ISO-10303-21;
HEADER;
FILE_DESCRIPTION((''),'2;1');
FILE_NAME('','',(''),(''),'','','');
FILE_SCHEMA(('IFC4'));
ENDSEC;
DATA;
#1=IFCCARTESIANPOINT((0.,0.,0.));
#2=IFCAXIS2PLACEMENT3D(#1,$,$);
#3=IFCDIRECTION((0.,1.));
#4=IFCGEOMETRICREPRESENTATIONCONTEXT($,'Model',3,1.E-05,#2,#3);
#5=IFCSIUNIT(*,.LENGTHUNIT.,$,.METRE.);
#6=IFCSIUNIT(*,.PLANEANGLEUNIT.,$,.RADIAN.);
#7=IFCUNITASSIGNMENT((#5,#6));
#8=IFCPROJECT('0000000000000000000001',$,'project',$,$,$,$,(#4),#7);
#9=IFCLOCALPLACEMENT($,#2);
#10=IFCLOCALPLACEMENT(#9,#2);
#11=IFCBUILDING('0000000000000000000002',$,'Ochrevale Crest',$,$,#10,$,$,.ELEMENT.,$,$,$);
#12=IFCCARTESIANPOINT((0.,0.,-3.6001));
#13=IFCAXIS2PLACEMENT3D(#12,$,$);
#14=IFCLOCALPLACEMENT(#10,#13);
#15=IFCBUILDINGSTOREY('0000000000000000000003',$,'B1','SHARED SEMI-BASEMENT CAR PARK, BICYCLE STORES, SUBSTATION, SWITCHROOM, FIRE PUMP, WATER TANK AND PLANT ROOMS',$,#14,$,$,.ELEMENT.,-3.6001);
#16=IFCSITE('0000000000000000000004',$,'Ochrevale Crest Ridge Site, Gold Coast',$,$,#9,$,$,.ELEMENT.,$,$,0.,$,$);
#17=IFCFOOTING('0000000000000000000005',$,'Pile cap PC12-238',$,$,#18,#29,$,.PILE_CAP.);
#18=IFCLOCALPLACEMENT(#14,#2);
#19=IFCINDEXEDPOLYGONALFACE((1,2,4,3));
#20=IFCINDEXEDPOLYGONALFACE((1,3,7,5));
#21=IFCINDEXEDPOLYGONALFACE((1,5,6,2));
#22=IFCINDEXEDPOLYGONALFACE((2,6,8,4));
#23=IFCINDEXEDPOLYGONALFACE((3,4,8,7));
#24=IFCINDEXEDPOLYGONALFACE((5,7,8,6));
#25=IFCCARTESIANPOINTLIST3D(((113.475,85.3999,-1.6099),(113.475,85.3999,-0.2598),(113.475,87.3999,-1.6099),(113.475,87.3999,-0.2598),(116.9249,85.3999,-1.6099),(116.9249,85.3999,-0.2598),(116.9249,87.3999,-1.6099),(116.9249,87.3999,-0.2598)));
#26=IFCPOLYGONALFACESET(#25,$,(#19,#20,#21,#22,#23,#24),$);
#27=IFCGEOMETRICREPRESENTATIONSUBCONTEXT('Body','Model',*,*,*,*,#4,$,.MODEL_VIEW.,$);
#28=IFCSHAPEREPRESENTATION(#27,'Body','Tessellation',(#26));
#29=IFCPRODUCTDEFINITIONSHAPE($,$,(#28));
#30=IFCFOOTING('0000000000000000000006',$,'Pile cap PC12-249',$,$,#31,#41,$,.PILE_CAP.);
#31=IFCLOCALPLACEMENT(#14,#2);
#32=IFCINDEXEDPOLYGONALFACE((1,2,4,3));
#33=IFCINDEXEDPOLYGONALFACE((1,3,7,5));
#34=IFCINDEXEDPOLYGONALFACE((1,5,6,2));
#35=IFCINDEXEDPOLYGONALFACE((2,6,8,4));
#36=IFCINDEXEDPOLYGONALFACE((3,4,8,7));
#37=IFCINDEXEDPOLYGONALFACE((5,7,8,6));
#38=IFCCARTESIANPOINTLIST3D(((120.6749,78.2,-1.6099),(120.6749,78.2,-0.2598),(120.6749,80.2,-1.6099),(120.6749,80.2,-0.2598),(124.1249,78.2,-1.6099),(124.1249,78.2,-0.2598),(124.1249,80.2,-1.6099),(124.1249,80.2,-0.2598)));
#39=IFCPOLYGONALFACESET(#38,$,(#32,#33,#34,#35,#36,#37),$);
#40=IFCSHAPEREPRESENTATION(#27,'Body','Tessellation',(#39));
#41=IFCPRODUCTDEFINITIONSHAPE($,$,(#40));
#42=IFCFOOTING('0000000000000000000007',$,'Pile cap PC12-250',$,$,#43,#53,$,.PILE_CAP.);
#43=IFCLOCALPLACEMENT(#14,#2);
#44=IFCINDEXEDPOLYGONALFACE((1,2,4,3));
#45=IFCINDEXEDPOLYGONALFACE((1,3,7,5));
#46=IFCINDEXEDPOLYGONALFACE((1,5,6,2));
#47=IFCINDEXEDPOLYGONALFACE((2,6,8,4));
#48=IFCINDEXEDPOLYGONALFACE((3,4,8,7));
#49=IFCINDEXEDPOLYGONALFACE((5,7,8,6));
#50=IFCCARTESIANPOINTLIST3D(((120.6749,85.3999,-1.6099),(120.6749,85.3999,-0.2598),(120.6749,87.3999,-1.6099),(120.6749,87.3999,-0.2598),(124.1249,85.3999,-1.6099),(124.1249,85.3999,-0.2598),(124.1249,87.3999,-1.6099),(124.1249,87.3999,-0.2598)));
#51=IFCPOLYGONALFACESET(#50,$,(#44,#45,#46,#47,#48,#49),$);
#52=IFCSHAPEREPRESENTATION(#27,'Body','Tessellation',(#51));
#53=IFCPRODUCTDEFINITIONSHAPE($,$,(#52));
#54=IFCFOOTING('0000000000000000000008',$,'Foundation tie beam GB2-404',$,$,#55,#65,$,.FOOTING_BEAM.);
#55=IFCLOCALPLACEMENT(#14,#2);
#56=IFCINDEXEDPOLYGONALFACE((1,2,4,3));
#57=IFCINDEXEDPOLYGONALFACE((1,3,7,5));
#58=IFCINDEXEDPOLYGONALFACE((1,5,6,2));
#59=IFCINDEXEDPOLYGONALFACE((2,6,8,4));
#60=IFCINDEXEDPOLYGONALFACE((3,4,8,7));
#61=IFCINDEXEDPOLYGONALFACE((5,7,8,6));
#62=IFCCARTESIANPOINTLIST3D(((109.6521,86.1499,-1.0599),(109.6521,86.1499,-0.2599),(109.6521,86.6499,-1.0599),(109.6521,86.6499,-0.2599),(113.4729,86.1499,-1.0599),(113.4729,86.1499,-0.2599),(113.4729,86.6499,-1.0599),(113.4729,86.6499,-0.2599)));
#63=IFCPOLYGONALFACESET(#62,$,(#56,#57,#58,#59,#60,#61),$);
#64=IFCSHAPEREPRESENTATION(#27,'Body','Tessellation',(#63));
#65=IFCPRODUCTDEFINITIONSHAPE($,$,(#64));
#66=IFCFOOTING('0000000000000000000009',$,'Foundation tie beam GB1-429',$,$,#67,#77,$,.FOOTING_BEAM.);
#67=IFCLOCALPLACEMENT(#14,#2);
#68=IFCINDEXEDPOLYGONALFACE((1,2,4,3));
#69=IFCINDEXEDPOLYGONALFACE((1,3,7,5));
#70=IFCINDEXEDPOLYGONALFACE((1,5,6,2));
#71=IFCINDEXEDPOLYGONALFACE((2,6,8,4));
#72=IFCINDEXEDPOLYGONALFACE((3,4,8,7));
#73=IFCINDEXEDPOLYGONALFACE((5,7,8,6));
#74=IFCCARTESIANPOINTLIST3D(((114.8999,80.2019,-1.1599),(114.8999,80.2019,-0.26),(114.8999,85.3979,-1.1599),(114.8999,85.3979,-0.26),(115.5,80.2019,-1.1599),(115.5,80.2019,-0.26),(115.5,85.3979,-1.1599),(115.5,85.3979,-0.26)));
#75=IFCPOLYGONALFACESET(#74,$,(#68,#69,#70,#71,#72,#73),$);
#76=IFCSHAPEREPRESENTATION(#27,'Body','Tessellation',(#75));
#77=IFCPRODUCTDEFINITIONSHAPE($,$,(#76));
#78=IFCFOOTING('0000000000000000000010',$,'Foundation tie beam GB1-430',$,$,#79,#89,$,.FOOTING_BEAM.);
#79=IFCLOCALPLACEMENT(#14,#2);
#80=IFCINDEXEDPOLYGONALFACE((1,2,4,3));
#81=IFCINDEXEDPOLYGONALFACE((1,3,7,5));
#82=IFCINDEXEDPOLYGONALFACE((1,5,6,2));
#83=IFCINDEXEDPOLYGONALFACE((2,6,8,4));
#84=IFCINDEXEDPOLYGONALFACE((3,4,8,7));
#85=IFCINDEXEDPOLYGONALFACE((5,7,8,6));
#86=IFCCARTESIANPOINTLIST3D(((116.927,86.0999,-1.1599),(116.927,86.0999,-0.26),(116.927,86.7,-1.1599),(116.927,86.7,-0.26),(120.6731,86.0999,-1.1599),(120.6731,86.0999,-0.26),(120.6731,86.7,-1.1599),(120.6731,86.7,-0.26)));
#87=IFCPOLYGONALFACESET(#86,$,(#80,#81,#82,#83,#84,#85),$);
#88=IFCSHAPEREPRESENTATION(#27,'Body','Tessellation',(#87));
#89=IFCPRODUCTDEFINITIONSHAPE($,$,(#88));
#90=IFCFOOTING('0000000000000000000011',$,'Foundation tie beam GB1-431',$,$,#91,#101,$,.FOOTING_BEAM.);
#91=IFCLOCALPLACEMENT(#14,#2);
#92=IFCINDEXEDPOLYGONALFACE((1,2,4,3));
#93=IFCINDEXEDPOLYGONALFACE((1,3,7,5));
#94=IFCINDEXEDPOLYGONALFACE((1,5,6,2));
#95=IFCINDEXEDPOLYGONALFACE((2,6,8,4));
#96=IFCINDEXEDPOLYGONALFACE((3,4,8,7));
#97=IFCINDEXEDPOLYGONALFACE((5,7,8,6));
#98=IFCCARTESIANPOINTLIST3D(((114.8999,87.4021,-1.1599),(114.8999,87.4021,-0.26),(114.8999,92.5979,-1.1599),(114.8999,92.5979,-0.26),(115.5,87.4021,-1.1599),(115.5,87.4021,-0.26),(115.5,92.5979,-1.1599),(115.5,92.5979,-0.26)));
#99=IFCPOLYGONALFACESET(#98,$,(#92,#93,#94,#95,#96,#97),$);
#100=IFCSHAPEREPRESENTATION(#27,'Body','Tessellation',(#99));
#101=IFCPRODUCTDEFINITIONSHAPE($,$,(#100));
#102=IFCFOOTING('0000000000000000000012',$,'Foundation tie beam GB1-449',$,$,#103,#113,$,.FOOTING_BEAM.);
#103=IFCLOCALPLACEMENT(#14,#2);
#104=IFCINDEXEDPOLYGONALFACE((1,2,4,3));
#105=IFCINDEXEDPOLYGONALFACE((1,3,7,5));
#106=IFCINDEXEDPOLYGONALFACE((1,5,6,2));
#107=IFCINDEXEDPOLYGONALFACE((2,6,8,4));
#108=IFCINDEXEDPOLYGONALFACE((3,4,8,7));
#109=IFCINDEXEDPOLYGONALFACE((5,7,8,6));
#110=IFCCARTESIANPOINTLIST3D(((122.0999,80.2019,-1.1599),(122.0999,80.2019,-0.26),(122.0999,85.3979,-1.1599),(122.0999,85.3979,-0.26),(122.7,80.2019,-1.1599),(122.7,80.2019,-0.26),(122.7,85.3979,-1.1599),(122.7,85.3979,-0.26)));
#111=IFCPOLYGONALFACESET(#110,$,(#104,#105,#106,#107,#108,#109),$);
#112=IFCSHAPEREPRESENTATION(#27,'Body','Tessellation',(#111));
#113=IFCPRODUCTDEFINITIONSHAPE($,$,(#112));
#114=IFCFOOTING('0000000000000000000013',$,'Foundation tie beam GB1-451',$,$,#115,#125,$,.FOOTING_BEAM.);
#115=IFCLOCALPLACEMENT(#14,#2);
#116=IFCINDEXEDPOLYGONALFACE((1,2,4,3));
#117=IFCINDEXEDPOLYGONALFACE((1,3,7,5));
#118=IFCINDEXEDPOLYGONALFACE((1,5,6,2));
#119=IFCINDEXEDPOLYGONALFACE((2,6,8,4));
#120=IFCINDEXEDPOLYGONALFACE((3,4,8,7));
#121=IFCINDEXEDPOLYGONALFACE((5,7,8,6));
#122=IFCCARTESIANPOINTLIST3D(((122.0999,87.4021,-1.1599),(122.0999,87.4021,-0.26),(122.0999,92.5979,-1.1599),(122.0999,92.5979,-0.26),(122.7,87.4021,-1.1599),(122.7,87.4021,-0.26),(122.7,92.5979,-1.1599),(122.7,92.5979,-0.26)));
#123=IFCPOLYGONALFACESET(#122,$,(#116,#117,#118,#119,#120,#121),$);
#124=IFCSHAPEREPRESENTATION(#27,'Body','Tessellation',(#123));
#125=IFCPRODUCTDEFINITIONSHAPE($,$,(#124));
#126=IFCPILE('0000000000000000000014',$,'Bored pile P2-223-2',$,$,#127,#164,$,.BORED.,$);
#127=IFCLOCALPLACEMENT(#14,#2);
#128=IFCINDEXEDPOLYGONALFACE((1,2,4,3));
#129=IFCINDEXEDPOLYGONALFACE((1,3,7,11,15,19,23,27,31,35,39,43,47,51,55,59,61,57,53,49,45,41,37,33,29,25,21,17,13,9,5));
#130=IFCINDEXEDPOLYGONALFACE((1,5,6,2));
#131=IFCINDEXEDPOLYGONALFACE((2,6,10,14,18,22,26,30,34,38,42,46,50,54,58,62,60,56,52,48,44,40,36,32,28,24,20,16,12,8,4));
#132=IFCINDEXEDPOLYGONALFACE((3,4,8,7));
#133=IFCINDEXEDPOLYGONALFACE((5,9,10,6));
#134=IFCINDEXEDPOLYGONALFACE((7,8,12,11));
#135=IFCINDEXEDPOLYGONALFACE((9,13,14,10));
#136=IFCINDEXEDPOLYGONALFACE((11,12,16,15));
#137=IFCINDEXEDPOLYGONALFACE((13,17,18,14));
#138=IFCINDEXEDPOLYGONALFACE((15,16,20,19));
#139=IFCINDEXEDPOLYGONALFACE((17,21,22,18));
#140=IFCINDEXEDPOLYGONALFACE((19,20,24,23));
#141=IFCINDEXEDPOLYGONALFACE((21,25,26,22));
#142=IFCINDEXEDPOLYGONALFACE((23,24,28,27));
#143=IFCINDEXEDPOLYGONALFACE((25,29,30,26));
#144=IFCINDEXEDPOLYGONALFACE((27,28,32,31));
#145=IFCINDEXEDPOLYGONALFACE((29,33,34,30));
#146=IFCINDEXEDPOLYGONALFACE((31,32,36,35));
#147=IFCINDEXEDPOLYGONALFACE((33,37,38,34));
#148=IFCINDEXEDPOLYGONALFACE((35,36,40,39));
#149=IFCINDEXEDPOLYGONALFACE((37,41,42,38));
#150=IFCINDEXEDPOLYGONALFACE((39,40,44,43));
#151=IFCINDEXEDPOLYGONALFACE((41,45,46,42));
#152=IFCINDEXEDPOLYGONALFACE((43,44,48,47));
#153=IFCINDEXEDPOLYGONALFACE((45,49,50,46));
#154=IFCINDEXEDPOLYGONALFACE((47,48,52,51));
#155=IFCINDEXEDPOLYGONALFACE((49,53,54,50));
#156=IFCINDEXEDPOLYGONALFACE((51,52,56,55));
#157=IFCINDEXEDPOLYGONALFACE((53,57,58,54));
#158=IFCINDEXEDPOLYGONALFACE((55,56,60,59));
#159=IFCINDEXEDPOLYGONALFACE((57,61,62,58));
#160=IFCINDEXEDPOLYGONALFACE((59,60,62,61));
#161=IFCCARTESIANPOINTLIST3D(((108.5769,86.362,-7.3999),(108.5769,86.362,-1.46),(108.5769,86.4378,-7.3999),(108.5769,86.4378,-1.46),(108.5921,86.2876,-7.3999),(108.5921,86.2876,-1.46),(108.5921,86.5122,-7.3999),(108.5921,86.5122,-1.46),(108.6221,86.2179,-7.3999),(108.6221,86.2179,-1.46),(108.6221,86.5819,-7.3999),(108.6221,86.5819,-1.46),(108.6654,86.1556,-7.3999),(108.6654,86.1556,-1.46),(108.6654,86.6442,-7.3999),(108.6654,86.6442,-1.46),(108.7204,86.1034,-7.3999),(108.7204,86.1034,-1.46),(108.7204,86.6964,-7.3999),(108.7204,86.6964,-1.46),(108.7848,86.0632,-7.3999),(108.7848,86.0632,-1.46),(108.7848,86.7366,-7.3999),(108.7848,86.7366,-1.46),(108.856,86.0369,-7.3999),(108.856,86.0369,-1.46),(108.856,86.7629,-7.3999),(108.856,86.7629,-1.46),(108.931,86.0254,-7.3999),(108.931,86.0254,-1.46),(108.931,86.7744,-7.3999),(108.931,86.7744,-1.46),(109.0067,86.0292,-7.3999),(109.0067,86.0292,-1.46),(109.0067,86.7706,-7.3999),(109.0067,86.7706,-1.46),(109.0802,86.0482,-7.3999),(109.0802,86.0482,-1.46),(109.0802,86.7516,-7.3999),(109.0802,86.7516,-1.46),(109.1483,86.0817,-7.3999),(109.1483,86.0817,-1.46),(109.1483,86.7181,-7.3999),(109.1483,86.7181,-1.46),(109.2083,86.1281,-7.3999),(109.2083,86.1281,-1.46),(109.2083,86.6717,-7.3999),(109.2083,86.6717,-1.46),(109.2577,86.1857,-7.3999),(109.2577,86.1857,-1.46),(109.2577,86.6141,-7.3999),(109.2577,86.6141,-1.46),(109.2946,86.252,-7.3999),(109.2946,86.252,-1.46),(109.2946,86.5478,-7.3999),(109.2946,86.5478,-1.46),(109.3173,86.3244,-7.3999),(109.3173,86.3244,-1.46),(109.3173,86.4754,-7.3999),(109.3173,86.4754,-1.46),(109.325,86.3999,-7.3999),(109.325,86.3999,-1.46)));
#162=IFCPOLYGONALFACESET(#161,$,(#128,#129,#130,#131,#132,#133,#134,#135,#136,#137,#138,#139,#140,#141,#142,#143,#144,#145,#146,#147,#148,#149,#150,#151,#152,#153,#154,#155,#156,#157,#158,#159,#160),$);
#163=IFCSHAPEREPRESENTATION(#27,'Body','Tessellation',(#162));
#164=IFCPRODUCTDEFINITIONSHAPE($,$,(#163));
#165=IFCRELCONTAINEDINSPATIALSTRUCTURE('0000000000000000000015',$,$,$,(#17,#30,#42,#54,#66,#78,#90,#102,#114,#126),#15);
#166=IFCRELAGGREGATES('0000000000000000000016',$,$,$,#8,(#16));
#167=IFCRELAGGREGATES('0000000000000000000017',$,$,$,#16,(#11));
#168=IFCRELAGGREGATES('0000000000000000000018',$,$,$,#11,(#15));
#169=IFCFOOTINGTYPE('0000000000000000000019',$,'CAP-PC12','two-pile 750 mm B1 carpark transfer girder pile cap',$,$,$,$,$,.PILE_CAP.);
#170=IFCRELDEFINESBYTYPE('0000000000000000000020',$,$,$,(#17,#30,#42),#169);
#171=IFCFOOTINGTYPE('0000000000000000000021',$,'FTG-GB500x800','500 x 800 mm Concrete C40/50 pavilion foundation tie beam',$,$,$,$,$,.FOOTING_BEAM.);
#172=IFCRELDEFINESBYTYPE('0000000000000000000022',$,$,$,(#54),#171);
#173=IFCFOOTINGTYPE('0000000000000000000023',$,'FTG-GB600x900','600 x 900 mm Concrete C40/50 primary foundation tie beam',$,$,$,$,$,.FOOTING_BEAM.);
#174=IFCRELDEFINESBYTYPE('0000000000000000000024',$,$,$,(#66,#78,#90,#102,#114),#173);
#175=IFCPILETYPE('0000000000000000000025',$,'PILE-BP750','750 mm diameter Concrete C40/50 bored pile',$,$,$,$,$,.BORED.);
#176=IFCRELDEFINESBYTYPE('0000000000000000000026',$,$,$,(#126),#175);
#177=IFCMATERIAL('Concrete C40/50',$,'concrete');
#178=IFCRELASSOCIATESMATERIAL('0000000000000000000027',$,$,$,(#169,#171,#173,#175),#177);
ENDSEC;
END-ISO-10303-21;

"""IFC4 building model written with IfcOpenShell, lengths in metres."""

from ifc_helpers import new_model, si_unit, direction, frame, origin, origin_2d, place, context, subcontext, project, spatial, rectangle, circle, extrude, material, material_profile, profile_set, type_object, element, save


model = new_model("IFC4")

# Units and contexts
model_context = context("Model", 3, precision=1e-05, world=origin(), true_north=direction((0.0, 1.0)))
body_context = subcontext(model_context, "Body", "Model", "MODEL_VIEW")
ifc_project = project(units=[si_unit("LENGTHUNIT", "METRE"), si_unit("PLANEANGLEUNIT", "RADIAN")], contexts=[model_context])

# Site, building, storey
site_placement = place(None, origin())
site = spatial("IfcSite", under=ifc_project, at=site_placement, Name="Ochrevale Crest Ridge Site, Gold Coast", CompositionType="ELEMENT", RefElevation=0.0)
building_placement = place(site_placement, origin())
building = spatial("IfcBuilding", under=site, at=building_placement, Name="Ochrevale Crest", CompositionType="ELEMENT")
storey_placement = place(building_placement, frame((0.0, 0.0, -3.6001)))
storey = spatial("IfcBuildingStorey", under=building, at=storey_placement, Name="B1", Description="SHARED SEMI-BASEMENT CAR PARK, BICYCLE STORES, SUBSTATION, SWITCHROOM, FIRE PUMP, WATER TANK AND PLANT ROOMS", CompositionType="ELEMENT", Elevation=-3.6001)

# Footings
ifc_material_1 = material(Name="Concrete C40/50", Category="concrete")
footing_type_1 = type_object("IfcFootingType", Name="CAP-PC12", Description="two-pile 750 mm B1 carpark transfer girder pile cap", PredefinedType="PILE_CAP", material=ifc_material_1)
for number, where, z_axis, x_axis, name in (
    (1, (115.2, 86.3999, -1.6099), (0.0, 0.0, 1.0), (1.0, 0.0, 0.0), "Pile cap PC12-238"),
    (2, (122.3999, 79.2, -1.6099), (0.0, 0.0, 1.0), (1.0, 0.0, 0.0), "Pile cap PC12-249"),
    (3, (122.3999, 86.3999, -1.6099), (0.0, 0.0, 1.0), (1.0, 0.0, 0.0), "Pile cap PC12-250"),
):
    element("IfcFooting", number, at=place(storey_placement, frame(where, z_axis=z_axis, x_axis=x_axis)), inside=storey, type_object=footing_type_1, Name=name, PredefinedType="PILE_CAP", context=body_context, shape_type="SweptSolid", body=[
        extrude(rectangle(XDim=3.45, YDim=2.0, at=origin_2d()), origin(), (0.0, 0.0, 1.0), 1.3501),
    ])
ifc_material_profile_1 = material_profile(ifc_material_1, rectangle(XDim=0.5, YDim=0.8, at=origin_2d()), Name="GB 500x800")
ifc_profile_set_1 = profile_set([ifc_material_profile_1], Name="Concrete C40/50")
footing_type_2 = type_object("IfcFootingType", Name="FTG-GB500x800", Description="500 x 800 mm Concrete C40/50 pavilion foundation tie beam", PredefinedType="FOOTING_BEAM", material=ifc_profile_set_1)
footing_1_placement = place(storey_placement, frame((109.6521, 86.3999, -0.6599), z_axis=(1.0, 0.0, 0.0), x_axis=(0.0, 1.0, 0.0)))
element("IfcFooting", 4, at=footing_1_placement, inside=storey, type_object=footing_type_2, Name="Foundation tie beam GB2-404", PredefinedType="FOOTING_BEAM", context=body_context, shape_type="SweptSolid", body=[
    extrude(rectangle(XDim=0.5, YDim=0.8, at=origin_2d()), origin(), (0.0, 0.0, 1.0), 3.8208),
])
ifc_material_profile_2 = material_profile(ifc_material_1, rectangle(XDim=0.6001, YDim=0.8999, at=origin_2d()), Name="GB 600x900")
ifc_profile_set_2 = profile_set([ifc_material_profile_2], Name="Concrete C40/50")
footing_type_3 = type_object("IfcFootingType", Name="FTG-GB600x900", Description="600 x 900 mm Concrete C40/50 primary foundation tie beam", PredefinedType="FOOTING_BEAM", material=ifc_profile_set_2)
footing_2_placement = place(storey_placement, frame((115.2, 80.2019, -0.71), z_axis=(0.0, 1.0, 0.0), x_axis=(-1.0, 0.0, 0.0)))
element("IfcFooting", 5, at=footing_2_placement, inside=storey, type_object=footing_type_3, Name="Foundation tie beam GB1-429", PredefinedType="FOOTING_BEAM", context=body_context, shape_type="SweptSolid", body=[
    extrude(rectangle(XDim=0.6001, YDim=0.8999, at=origin_2d()), origin(), (0.0, 0.0, 1.0), 5.196),
])
footing_3_placement = place(storey_placement, frame((116.927, 86.3999, -0.71), z_axis=(1.0, 0.0, 0.0), x_axis=(0.0, 1.0, 0.0)))
element("IfcFooting", 6, at=footing_3_placement, inside=storey, type_object=footing_type_3, Name="Foundation tie beam GB1-430", PredefinedType="FOOTING_BEAM", context=body_context, shape_type="SweptSolid", body=[
    extrude(rectangle(XDim=0.6001, YDim=0.8999, at=origin_2d()), origin(), (0.0, 0.0, 1.0), 3.7461),
])
footing_4_placement = place(storey_placement, frame((115.2, 87.4021, -0.71), z_axis=(0.0, 1.0, 0.0), x_axis=(-1.0, 0.0, 0.0)))
element("IfcFooting", 7, at=footing_4_placement, inside=storey, type_object=footing_type_3, Name="Foundation tie beam GB1-431", PredefinedType="FOOTING_BEAM", context=body_context, shape_type="SweptSolid", body=[
    extrude(rectangle(XDim=0.6001, YDim=0.8999, at=origin_2d()), origin(), (0.0, 0.0, 1.0), 5.1958),
])
footing_5_placement = place(storey_placement, frame((122.3999, 80.2019, -0.71), z_axis=(0.0, 1.0, 0.0), x_axis=(-1.0, 0.0, 0.0)))
element("IfcFooting", 8, at=footing_5_placement, inside=storey, type_object=footing_type_3, Name="Foundation tie beam GB1-449", PredefinedType="FOOTING_BEAM", context=body_context, shape_type="SweptSolid", body=[
    extrude(rectangle(XDim=0.6001, YDim=0.8999, at=origin_2d()), origin(), (0.0, 0.0, 1.0), 5.196),
])
footing_6_placement = place(storey_placement, frame((122.3999, 87.4021, -0.71), z_axis=(0.0, 1.0, 0.0), x_axis=(-1.0, 0.0, 0.0)))
element("IfcFooting", 9, at=footing_6_placement, inside=storey, type_object=footing_type_3, Name="Foundation tie beam GB1-451", PredefinedType="FOOTING_BEAM", context=body_context, shape_type="SweptSolid", body=[
    extrude(rectangle(XDim=0.6001, YDim=0.8999, at=origin_2d()), origin(), (0.0, 0.0, 1.0), 5.1958),
])

# Pile
ifc_material_profile_3 = material_profile(ifc_material_1, circle(Radius=0.375, at=origin_2d()), Name="BORED PILE 750")
ifc_profile_set_3 = profile_set([ifc_material_profile_3], Name="Concrete C40/50")
pile_type = type_object("IfcPileType", Name="PILE-BP750", Description="750 mm diameter Concrete C40/50 bored pile", PredefinedType="BORED", material=ifc_profile_set_3)
pile_placement = place(storey_placement, frame((108.95, 86.3999, -1.46), z_axis=(0.0, 0.0, -1.0), x_axis=(1.0, 0.0, 0.0)))
element("IfcPile", 10, at=pile_placement, inside=storey, type_object=pile_type, Name="Bored pile P2-223-2", PredefinedType="BORED", context=body_context, shape_type="SweptSolid", body=[
    extrude(circle(Radius=0.375, at=origin_2d()), origin(), (0.0, 0.0, 1.0), 5.9399),
])

save(model, "model.ifc")
